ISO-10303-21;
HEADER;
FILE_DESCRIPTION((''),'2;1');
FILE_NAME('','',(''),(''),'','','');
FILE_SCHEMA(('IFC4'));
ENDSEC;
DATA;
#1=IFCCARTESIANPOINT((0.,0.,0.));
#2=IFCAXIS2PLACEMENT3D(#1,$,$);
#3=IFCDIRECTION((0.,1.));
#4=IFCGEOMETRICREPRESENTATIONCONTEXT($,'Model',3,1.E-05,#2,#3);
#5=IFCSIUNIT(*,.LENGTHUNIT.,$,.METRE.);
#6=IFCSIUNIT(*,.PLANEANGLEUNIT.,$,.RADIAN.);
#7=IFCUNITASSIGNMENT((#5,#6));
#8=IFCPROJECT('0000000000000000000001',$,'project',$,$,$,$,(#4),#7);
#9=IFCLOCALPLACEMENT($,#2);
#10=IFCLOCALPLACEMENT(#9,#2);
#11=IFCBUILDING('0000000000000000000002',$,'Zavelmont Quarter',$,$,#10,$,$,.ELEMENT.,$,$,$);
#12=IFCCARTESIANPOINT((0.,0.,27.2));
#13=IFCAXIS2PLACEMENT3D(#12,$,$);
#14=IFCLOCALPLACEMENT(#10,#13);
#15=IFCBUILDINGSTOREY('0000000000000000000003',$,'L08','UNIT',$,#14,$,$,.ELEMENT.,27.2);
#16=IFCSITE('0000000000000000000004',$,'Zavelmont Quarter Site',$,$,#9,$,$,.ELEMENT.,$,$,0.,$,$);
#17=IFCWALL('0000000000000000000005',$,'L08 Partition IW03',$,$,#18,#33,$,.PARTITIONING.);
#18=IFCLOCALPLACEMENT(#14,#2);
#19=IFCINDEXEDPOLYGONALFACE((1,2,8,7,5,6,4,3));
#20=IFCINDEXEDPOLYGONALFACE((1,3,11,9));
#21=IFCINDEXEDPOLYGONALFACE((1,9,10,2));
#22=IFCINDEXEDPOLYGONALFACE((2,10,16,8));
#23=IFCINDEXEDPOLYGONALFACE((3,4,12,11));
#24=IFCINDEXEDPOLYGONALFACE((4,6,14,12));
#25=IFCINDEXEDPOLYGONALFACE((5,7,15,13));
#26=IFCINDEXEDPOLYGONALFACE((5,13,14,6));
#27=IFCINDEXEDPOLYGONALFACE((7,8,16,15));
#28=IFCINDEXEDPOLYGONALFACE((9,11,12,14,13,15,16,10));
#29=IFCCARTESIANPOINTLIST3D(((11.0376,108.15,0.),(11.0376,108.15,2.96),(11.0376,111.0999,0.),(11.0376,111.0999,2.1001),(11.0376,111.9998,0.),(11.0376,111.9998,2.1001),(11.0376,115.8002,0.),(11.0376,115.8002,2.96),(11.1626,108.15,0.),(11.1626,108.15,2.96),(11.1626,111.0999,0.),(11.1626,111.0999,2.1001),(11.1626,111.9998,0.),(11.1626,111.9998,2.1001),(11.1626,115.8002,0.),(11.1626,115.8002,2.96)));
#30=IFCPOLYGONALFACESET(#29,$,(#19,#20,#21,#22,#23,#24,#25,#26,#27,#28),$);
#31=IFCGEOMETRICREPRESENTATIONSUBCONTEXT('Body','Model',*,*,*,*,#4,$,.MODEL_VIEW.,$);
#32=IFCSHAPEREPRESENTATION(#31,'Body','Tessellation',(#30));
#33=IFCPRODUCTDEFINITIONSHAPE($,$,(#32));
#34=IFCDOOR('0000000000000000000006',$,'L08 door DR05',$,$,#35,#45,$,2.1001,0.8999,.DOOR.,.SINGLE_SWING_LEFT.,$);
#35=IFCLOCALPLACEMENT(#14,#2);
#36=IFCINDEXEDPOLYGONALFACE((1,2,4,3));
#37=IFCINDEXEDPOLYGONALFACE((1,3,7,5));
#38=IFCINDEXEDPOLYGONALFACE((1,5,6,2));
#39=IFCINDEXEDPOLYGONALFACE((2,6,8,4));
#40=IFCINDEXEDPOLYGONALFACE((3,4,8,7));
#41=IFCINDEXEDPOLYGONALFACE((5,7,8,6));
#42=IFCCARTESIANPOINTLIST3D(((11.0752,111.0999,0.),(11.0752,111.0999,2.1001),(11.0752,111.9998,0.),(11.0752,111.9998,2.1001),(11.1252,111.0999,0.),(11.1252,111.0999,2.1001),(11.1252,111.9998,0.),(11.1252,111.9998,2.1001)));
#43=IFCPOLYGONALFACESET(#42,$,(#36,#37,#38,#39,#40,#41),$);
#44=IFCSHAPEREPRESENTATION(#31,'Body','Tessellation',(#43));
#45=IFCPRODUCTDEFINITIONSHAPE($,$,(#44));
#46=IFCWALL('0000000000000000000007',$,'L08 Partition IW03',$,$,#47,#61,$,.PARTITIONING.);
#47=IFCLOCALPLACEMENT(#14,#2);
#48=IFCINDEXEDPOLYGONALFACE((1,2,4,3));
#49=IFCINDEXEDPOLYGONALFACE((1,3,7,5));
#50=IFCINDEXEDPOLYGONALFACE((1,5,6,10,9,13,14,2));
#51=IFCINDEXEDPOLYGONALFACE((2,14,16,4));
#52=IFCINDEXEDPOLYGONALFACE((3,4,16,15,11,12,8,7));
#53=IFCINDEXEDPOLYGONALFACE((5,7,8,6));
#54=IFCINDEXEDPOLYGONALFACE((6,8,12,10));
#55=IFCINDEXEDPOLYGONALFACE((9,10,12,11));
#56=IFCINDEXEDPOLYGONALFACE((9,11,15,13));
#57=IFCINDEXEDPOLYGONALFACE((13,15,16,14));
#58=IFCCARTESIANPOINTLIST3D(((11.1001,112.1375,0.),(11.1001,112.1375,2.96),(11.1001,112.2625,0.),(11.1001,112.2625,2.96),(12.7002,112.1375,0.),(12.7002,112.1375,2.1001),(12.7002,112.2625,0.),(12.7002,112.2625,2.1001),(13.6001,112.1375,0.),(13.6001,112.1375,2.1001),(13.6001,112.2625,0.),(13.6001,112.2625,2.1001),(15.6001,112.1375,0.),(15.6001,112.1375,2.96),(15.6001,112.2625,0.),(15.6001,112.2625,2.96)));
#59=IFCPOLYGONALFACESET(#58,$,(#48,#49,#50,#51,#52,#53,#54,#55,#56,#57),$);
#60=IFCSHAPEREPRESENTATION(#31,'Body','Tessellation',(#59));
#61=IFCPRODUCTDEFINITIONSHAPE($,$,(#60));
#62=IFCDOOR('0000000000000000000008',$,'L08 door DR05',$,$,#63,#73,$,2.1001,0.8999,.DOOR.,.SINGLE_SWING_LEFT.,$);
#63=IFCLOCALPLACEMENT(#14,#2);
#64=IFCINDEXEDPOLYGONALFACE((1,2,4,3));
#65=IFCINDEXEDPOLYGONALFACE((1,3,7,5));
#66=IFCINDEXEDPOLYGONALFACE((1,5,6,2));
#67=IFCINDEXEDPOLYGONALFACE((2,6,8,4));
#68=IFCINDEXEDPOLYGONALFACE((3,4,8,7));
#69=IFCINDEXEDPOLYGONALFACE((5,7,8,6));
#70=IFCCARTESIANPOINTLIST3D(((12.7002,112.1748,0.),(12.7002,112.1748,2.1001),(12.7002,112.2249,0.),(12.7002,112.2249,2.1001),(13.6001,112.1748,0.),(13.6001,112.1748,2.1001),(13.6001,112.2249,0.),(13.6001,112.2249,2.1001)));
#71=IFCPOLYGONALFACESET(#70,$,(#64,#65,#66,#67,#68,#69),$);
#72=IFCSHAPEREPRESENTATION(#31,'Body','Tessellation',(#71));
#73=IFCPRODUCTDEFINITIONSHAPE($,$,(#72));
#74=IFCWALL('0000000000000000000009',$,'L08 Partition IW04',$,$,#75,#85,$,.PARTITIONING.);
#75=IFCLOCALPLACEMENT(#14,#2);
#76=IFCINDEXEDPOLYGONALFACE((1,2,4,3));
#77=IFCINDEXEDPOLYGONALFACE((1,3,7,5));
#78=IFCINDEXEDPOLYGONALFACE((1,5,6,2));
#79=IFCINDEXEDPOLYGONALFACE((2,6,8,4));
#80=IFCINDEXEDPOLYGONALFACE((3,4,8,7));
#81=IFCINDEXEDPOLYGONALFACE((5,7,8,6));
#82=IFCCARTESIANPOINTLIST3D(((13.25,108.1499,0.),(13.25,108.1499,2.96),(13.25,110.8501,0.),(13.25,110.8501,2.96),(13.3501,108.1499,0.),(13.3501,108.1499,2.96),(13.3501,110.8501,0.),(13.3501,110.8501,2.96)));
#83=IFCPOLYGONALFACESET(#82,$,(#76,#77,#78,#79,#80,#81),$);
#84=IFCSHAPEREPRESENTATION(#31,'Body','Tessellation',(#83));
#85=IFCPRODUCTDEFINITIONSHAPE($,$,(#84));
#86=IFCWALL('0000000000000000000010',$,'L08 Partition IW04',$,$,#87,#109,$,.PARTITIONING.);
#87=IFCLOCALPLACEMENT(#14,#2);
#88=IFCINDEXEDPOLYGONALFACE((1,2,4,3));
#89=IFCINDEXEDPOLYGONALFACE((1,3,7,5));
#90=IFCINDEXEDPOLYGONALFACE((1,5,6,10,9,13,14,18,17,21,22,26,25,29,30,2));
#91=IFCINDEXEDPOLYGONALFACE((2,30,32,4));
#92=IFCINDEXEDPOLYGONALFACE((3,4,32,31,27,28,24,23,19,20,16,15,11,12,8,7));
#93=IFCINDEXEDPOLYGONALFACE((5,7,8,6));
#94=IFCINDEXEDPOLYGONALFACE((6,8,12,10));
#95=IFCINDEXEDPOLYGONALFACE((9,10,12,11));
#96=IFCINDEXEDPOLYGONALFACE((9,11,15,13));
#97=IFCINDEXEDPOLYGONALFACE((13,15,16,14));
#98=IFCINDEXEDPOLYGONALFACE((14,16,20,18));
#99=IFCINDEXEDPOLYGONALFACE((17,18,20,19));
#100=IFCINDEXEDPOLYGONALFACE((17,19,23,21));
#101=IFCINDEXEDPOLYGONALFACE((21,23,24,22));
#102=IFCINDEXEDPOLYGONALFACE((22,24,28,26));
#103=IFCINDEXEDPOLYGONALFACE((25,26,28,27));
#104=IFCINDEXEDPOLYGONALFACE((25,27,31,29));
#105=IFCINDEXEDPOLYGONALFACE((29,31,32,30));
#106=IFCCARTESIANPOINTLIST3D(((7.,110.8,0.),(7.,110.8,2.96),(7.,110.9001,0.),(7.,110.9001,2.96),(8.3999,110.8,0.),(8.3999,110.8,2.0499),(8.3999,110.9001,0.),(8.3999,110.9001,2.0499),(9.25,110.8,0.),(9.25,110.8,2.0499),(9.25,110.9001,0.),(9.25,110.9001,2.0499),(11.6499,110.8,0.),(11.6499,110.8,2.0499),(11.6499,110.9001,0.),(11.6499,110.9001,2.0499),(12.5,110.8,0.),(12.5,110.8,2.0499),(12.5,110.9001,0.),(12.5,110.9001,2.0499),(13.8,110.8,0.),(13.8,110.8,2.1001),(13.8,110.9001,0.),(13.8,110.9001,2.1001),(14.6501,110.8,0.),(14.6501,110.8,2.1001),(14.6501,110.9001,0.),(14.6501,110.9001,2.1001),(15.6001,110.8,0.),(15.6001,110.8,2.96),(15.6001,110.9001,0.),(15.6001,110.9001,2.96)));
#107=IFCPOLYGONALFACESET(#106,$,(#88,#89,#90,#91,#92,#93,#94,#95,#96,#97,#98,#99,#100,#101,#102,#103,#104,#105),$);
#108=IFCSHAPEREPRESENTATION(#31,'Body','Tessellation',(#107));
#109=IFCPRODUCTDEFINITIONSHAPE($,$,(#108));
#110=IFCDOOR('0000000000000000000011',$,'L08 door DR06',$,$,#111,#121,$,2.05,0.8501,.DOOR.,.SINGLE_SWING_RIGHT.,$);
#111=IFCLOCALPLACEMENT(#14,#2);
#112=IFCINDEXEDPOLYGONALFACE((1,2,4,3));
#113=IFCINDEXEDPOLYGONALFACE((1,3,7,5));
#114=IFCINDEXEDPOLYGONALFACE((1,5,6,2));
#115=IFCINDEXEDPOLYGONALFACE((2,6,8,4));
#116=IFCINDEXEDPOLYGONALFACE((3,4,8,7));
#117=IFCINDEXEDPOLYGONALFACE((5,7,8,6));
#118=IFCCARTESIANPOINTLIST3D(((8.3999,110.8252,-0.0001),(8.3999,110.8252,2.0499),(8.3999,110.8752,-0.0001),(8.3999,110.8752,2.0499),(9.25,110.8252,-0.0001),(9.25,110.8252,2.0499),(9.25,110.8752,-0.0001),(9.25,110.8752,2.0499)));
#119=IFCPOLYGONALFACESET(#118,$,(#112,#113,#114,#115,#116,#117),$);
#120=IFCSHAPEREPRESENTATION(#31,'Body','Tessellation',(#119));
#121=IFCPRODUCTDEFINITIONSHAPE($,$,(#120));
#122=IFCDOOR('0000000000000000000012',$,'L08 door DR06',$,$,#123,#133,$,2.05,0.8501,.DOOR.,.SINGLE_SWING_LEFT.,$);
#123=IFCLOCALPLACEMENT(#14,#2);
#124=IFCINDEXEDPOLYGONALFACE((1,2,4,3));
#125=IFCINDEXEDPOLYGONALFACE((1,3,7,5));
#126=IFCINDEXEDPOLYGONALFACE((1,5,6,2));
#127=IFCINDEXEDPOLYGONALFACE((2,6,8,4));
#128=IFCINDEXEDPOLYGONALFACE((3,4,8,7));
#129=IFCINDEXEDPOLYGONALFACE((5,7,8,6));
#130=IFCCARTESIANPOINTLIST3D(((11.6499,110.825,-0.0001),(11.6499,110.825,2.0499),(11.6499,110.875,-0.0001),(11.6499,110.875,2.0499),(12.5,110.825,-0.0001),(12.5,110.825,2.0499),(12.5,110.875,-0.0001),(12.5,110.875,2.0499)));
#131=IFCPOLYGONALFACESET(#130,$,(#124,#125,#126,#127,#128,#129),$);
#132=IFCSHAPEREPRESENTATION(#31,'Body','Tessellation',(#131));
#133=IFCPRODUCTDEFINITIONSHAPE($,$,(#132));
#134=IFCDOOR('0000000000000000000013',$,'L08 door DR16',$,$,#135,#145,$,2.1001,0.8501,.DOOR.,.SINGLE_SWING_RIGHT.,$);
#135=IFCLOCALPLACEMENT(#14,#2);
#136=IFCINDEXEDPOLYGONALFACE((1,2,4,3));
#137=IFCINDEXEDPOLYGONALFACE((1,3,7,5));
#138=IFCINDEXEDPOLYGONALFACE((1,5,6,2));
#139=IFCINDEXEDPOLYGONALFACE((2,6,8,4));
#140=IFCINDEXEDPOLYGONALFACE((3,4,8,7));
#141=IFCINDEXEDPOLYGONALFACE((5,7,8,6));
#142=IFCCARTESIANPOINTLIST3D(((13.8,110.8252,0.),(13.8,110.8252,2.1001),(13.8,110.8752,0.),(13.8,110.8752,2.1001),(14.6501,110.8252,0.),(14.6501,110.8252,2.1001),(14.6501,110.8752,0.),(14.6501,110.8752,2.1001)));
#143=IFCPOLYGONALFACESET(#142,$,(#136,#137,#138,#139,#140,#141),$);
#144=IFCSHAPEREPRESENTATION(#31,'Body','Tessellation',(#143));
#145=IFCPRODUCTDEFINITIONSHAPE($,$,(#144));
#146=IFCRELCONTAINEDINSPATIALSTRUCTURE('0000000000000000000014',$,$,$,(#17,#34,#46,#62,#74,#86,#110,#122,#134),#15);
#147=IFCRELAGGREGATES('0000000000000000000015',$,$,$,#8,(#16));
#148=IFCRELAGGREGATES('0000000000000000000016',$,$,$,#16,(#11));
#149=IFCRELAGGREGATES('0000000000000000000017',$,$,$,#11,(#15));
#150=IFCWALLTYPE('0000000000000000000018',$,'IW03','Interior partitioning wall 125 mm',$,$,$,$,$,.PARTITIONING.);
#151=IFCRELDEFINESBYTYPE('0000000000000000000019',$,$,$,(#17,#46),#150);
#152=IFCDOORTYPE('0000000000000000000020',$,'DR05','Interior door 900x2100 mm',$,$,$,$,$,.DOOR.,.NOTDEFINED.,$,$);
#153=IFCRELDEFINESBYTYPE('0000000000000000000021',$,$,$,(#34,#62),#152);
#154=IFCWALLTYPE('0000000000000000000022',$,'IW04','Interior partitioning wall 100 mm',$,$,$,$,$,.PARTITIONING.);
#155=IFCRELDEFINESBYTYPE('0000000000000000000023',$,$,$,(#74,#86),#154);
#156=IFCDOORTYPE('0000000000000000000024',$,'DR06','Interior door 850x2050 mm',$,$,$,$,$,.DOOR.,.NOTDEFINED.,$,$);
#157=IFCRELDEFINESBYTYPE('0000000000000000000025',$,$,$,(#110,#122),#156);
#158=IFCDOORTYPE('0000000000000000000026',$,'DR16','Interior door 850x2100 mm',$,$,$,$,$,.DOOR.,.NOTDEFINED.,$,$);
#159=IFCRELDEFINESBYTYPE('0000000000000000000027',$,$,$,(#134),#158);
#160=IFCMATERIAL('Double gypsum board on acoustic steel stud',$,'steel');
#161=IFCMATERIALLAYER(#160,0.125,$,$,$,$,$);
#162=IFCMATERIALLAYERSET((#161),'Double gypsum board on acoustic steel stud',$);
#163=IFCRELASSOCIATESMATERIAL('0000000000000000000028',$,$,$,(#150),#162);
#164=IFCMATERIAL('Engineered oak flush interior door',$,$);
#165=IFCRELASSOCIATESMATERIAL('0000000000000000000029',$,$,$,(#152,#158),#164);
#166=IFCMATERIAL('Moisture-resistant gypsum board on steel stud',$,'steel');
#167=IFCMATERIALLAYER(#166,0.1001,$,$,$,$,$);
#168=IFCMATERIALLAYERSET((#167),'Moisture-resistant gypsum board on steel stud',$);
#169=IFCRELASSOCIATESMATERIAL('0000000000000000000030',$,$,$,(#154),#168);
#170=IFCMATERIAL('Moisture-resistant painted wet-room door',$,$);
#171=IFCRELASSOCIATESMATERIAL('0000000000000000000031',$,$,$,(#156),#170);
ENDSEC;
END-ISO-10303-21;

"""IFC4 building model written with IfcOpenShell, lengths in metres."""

from ifc_helpers import new_model, si_unit, direction, frame, frame_2d, origin, origin_with_axes, place, context, subcontext, project, spatial, rectangle, extrude, material, layer, layer_set, type_object, element, fill, save


model = new_model("IFC4")

# Units and contexts
model_context = context("Model", 3, precision=1e-05, world=origin(), true_north=direction((0.0, 1.0)))
body_context = subcontext(model_context, "Body", "Model", "MODEL_VIEW")
ifc_project = project(units=[si_unit("LENGTHUNIT", "METRE"), si_unit("PLANEANGLEUNIT", "RADIAN")], contexts=[model_context])

# Site, building, storey
site_placement = place(None, origin())
site = spatial("IfcSite", under=ifc_project, at=site_placement, Name="Zavelmont Quarter Site", CompositionType="ELEMENT", RefElevation=0.0)
building_placement = place(site_placement, origin())
building = spatial("IfcBuilding", under=site, at=building_placement, Name="Zavelmont Quarter", CompositionType="ELEMENT")
storey_placement = place(building_placement, frame((0.0, 0.0, 27.2)))
storey = spatial("IfcBuildingStorey", under=building, at=storey_placement, Name="L08", Description="UNIT", CompositionType="ELEMENT", Elevation=27.2)

# Walls, openings, doors
ifc_material_1 = material(Name="Double gypsum board on acoustic steel stud", Category="steel")
ifc_layer_1 = layer(ifc_material_1, 0.125)
ifc_layer_set_1 = layer_set([ifc_layer_1], Name="Double gypsum board on acoustic steel stud")
wall_type_1 = type_object("IfcWallType", Name="IW03", Description="Interior partitioning wall 125 mm", PredefinedType="PARTITIONING", material=ifc_layer_set_1)
ifc_material_2 = material(Name="Engineered oak flush interior door")
door_type_1 = type_object("IfcDoorType", Name="DR05", Description="Interior door 900x2100 mm", OperationType="NOTDEFINED", PredefinedType="DOOR", material=ifc_material_2)
wall_1_placement = place(storey_placement, frame((11.1001, 108.1499, 0.0), z_axis=(0.0, 0.0, 1.0), x_axis=(0.0, 1.0, 0.0)))
wall_1 = element("IfcWall", 1, at=wall_1_placement, inside=storey, type_object=wall_type_1, Name="L08 Partition IW03", PredefinedType="PARTITIONING", context=body_context, shape_type="SweptSolid", body=[
    extrude(rectangle(XDim=7.6501, YDim=0.125, at=frame_2d((3.8252, 0.0))), origin(), (0.0, 0.0, 1.0), 2.96),
])
opening_1_placement = place(wall_1_placement, frame((2.95, 0.0, 0.0)))
opening_1 = element("IfcOpeningElement", 2, at=opening_1_placement, cuts=wall_1, PredefinedType="OPENING", context=body_context, shape_type="SweptSolid", body=[
    extrude(rectangle(XDim=0.8999, YDim=2.1001, at=frame_2d((0.45, 1.05))), frame((0.0, 0.0745, 0.0), z_axis=(0.0, -1.0, 0.0), x_axis=(1.0, 0.0, 0.0)), (0.0, 0.0, 1.0), 0.1489),
])
door_1_placement = place(opening_1_placement, origin_with_axes())
door_1 = element("IfcDoor", 3, at=door_1_placement, inside=storey, type_object=door_type_1, Name="L08 door DR05", OperationType="SINGLE_SWING_LEFT", OverallHeight=2.1001, OverallWidth=0.8999, PredefinedType="DOOR", context=body_context, shape_type="SweptSolid", body=[
    extrude(rectangle(XDim=0.8999, YDim=2.1001, at=frame_2d((0.45, 1.05))), frame((0.0, 0.0249, 0.0), z_axis=(0.0, -1.0, 0.0), x_axis=(1.0, 0.0, 0.0)), (0.0, 0.0, 1.0), 0.05),
])
fill(opening_1, door_1)
wall_2_placement = place(storey_placement, frame((11.1001, 112.2, 0.0), z_axis=(0.0, 0.0, 1.0), x_axis=(1.0, 0.0, 0.0)))
wall_2 = element("IfcWall", 4, at=wall_2_placement, inside=storey, type_object=wall_type_1, Name="L08 Partition IW03", PredefinedType="PARTITIONING", context=body_context, shape_type="SweptSolid", body=[
    extrude(rectangle(XDim=4.5, YDim=0.125, at=frame_2d((2.25, 0.0))), origin(), (0.0, 0.0, 1.0), 2.96),
])
opening_2_placement = place(wall_2_placement, frame((1.6001, 0.0, 0.0)))
opening_2 = element("IfcOpeningElement", 5, at=opening_2_placement, cuts=wall_2, PredefinedType="OPENING", context=body_context, shape_type="SweptSolid", body=[
    extrude(rectangle(XDim=0.8999, YDim=2.1001, at=frame_2d((0.45, 1.05))), frame((0.0, 0.0745, 0.0), z_axis=(0.0, -1.0, 0.0), x_axis=(1.0, 0.0, 0.0)), (0.0, 0.0, 1.0), 0.1489),
])
door_2_placement = place(opening_2_placement, origin_with_axes())
door_2 = element("IfcDoor", 6, at=door_2_placement, inside=storey, type_object=door_type_1, Name="L08 door DR05", OperationType="SINGLE_SWING_LEFT", OverallHeight=2.1001, OverallWidth=0.8999, PredefinedType="DOOR", context=body_context, shape_type="SweptSolid", body=[
    extrude(rectangle(XDim=0.8999, YDim=2.1001, at=frame_2d((0.45, 1.05))), frame((0.0, 0.0249, 0.0), z_axis=(0.0, -1.0, 0.0), x_axis=(1.0, 0.0, 0.0)), (0.0, 0.0, 1.0), 0.05),
])
fill(opening_2, door_2)

# Wall
ifc_material_3 = material(Name="Moisture-resistant gypsum board on steel stud", Category="steel")
ifc_layer_2 = layer(ifc_material_3, 0.1001)
ifc_layer_set_2 = layer_set([ifc_layer_2], Name="Moisture-resistant gypsum board on steel stud")
wall_type_2 = type_object("IfcWallType", Name="IW04", Description="Interior partitioning wall 100 mm", PredefinedType="PARTITIONING", material=ifc_layer_set_2)
wall_3_placement = place(storey_placement, frame((13.3, 108.1499, 0.0), z_axis=(0.0, 0.0, 1.0), x_axis=(0.0, 1.0, 0.0)))
element("IfcWall", 7, at=wall_3_placement, inside=storey, type_object=wall_type_2, Name="L08 Partition IW04", PredefinedType="PARTITIONING", context=body_context, shape_type="SweptSolid", body=[
    extrude(rectangle(XDim=2.7002, YDim=0.1001, at=frame_2d((1.3501, 0.0))), origin(), (0.0, 0.0, 1.0), 2.96),
])

# Wall, openings, doors
wall_4_placement = place(storey_placement, frame((7.0, 110.8501, 0.0), z_axis=(0.0, 0.0, 1.0), x_axis=(1.0, 0.0, 0.0)))
wall_4 = element("IfcWall", 8, at=wall_4_placement, inside=storey, type_object=wall_type_2, Name="L08 Partition IW04", PredefinedType="PARTITIONING", context=body_context, shape_type="SweptSolid", body=[
    extrude(rectangle(XDim=8.6001, YDim=0.1001, at=frame_2d((4.3, 0.0))), origin(), (0.0, 0.0, 1.0), 2.96),
])
opening_3_placement = place(wall_4_placement, frame((1.3999, 0.0, 0.0)))
opening_3 = element("IfcOpeningElement", 9, at=opening_3_placement, cuts=wall_4, PredefinedType="OPENING", context=body_context, shape_type="SweptSolid", body=[
    extrude(rectangle(XDim=0.8501, YDim=2.05, at=frame_2d((0.425, 1.0249))), frame((0.0, 0.062, 0.0), z_axis=(0.0, -1.0, 0.0), x_axis=(1.0, 0.0, 0.0)), (0.0, 0.0, 1.0), 0.124),
])
opening_4_placement = place(wall_4_placement, frame((4.6499, 0.0, 0.0)))
opening_4 = element("IfcOpeningElement", 10, at=opening_4_placement, cuts=wall_4, PredefinedType="OPENING", context=body_context, shape_type="SweptSolid", body=[
    extrude(rectangle(XDim=0.8501, YDim=2.05, at=frame_2d((0.425, 1.0249))), frame((0.0, 0.062, 0.0), z_axis=(0.0, -1.0, 0.0), x_axis=(1.0, 0.0, 0.0)), (0.0, 0.0, 1.0), 0.124),
])
opening_5_placement = place(wall_4_placement, frame((6.8, 0.0, 0.0)))
opening_5 = element("IfcOpeningElement", 11, at=opening_5_placement, cuts=wall_4, PredefinedType="OPENING", context=body_context, shape_type="SweptSolid", body=[
    extrude(rectangle(XDim=0.8501, YDim=2.1001, at=frame_2d((0.425, 1.05))), frame((0.0, 0.062, 0.0), z_axis=(0.0, -1.0, 0.0), x_axis=(1.0, 0.0, 0.0)), (0.0, 0.0, 1.0), 0.124),
])
ifc_material_4 = material(Name="Moisture-resistant painted wet-room door")
door_type_2 = type_object("IfcDoorType", Name="DR06", Description="Interior door 850x2050 mm", OperationType="NOTDEFINED", PredefinedType="DOOR", material=ifc_material_4)
door_3_placement = place(opening_3_placement, frame((0.8501, 0.0, 0.0), z_axis=(0.0, 0.0, 1.0), x_axis=(-1.0, 0.0, 0.0)))
door_3 = element("IfcDoor", 12, at=door_3_placement, inside=storey, type_object=door_type_2, Name="L08 door DR06", OperationType="SINGLE_SWING_RIGHT", OverallHeight=2.05, OverallWidth=0.8501, PredefinedType="DOOR", context=body_context, shape_type="SweptSolid", body=[
    extrude(rectangle(XDim=0.8501, YDim=2.05, at=frame_2d((0.425, 1.0249))), frame((0.0, 0.0249, 0.0), z_axis=(0.0, -1.0, 0.0), x_axis=(1.0, 0.0, 0.0)), (0.0, 0.0, 1.0), 0.05),
])
fill(opening_3, door_3)
door_4_placement = place(opening_4_placement, origin_with_axes())
door_4 = element("IfcDoor", 13, at=door_4_placement, inside=storey, type_object=door_type_2, Name="L08 door DR06", OperationType="SINGLE_SWING_LEFT", OverallHeight=2.05, OverallWidth=0.8501, PredefinedType="DOOR", context=body_context, shape_type="SweptSolid", body=[
    extrude(rectangle(XDim=0.8501, YDim=2.05, at=frame_2d((0.425, 1.0249))), frame((0.0, 0.0249, 0.0), z_axis=(0.0, -1.0, 0.0), x_axis=(1.0, 0.0, 0.0)), (0.0, 0.0, 1.0), 0.05),
])
fill(opening_4, door_4)
door_type_3 = type_object("IfcDoorType", Name="DR16", Description="Interior door 850x2100 mm", OperationType="NOTDEFINED", PredefinedType="DOOR", material=ifc_material_2)
door_5_placement = place(opening_5_placement, frame((0.8501, 0.0, 0.0), z_axis=(0.0, 0.0, 1.0), x_axis=(-1.0, 0.0, 0.0)))
door_5 = element("IfcDoor", 14, at=door_5_placement, inside=storey, type_object=door_type_3, Name="L08 door DR16", OperationType="SINGLE_SWING_RIGHT", OverallHeight=2.1001, OverallWidth=0.8501, PredefinedType="DOOR", context=body_context, shape_type="SweptSolid", body=[
    extrude(rectangle(XDim=0.8501, YDim=2.1001, at=frame_2d((0.425, 1.05))), frame((0.0, 0.0249, 0.0), z_axis=(0.0, -1.0, 0.0), x_axis=(1.0, 0.0, 0.0)), (0.0, 0.0, 1.0), 0.05),
])
fill(opening_5, door_5)

save(model, "model.ifc")
